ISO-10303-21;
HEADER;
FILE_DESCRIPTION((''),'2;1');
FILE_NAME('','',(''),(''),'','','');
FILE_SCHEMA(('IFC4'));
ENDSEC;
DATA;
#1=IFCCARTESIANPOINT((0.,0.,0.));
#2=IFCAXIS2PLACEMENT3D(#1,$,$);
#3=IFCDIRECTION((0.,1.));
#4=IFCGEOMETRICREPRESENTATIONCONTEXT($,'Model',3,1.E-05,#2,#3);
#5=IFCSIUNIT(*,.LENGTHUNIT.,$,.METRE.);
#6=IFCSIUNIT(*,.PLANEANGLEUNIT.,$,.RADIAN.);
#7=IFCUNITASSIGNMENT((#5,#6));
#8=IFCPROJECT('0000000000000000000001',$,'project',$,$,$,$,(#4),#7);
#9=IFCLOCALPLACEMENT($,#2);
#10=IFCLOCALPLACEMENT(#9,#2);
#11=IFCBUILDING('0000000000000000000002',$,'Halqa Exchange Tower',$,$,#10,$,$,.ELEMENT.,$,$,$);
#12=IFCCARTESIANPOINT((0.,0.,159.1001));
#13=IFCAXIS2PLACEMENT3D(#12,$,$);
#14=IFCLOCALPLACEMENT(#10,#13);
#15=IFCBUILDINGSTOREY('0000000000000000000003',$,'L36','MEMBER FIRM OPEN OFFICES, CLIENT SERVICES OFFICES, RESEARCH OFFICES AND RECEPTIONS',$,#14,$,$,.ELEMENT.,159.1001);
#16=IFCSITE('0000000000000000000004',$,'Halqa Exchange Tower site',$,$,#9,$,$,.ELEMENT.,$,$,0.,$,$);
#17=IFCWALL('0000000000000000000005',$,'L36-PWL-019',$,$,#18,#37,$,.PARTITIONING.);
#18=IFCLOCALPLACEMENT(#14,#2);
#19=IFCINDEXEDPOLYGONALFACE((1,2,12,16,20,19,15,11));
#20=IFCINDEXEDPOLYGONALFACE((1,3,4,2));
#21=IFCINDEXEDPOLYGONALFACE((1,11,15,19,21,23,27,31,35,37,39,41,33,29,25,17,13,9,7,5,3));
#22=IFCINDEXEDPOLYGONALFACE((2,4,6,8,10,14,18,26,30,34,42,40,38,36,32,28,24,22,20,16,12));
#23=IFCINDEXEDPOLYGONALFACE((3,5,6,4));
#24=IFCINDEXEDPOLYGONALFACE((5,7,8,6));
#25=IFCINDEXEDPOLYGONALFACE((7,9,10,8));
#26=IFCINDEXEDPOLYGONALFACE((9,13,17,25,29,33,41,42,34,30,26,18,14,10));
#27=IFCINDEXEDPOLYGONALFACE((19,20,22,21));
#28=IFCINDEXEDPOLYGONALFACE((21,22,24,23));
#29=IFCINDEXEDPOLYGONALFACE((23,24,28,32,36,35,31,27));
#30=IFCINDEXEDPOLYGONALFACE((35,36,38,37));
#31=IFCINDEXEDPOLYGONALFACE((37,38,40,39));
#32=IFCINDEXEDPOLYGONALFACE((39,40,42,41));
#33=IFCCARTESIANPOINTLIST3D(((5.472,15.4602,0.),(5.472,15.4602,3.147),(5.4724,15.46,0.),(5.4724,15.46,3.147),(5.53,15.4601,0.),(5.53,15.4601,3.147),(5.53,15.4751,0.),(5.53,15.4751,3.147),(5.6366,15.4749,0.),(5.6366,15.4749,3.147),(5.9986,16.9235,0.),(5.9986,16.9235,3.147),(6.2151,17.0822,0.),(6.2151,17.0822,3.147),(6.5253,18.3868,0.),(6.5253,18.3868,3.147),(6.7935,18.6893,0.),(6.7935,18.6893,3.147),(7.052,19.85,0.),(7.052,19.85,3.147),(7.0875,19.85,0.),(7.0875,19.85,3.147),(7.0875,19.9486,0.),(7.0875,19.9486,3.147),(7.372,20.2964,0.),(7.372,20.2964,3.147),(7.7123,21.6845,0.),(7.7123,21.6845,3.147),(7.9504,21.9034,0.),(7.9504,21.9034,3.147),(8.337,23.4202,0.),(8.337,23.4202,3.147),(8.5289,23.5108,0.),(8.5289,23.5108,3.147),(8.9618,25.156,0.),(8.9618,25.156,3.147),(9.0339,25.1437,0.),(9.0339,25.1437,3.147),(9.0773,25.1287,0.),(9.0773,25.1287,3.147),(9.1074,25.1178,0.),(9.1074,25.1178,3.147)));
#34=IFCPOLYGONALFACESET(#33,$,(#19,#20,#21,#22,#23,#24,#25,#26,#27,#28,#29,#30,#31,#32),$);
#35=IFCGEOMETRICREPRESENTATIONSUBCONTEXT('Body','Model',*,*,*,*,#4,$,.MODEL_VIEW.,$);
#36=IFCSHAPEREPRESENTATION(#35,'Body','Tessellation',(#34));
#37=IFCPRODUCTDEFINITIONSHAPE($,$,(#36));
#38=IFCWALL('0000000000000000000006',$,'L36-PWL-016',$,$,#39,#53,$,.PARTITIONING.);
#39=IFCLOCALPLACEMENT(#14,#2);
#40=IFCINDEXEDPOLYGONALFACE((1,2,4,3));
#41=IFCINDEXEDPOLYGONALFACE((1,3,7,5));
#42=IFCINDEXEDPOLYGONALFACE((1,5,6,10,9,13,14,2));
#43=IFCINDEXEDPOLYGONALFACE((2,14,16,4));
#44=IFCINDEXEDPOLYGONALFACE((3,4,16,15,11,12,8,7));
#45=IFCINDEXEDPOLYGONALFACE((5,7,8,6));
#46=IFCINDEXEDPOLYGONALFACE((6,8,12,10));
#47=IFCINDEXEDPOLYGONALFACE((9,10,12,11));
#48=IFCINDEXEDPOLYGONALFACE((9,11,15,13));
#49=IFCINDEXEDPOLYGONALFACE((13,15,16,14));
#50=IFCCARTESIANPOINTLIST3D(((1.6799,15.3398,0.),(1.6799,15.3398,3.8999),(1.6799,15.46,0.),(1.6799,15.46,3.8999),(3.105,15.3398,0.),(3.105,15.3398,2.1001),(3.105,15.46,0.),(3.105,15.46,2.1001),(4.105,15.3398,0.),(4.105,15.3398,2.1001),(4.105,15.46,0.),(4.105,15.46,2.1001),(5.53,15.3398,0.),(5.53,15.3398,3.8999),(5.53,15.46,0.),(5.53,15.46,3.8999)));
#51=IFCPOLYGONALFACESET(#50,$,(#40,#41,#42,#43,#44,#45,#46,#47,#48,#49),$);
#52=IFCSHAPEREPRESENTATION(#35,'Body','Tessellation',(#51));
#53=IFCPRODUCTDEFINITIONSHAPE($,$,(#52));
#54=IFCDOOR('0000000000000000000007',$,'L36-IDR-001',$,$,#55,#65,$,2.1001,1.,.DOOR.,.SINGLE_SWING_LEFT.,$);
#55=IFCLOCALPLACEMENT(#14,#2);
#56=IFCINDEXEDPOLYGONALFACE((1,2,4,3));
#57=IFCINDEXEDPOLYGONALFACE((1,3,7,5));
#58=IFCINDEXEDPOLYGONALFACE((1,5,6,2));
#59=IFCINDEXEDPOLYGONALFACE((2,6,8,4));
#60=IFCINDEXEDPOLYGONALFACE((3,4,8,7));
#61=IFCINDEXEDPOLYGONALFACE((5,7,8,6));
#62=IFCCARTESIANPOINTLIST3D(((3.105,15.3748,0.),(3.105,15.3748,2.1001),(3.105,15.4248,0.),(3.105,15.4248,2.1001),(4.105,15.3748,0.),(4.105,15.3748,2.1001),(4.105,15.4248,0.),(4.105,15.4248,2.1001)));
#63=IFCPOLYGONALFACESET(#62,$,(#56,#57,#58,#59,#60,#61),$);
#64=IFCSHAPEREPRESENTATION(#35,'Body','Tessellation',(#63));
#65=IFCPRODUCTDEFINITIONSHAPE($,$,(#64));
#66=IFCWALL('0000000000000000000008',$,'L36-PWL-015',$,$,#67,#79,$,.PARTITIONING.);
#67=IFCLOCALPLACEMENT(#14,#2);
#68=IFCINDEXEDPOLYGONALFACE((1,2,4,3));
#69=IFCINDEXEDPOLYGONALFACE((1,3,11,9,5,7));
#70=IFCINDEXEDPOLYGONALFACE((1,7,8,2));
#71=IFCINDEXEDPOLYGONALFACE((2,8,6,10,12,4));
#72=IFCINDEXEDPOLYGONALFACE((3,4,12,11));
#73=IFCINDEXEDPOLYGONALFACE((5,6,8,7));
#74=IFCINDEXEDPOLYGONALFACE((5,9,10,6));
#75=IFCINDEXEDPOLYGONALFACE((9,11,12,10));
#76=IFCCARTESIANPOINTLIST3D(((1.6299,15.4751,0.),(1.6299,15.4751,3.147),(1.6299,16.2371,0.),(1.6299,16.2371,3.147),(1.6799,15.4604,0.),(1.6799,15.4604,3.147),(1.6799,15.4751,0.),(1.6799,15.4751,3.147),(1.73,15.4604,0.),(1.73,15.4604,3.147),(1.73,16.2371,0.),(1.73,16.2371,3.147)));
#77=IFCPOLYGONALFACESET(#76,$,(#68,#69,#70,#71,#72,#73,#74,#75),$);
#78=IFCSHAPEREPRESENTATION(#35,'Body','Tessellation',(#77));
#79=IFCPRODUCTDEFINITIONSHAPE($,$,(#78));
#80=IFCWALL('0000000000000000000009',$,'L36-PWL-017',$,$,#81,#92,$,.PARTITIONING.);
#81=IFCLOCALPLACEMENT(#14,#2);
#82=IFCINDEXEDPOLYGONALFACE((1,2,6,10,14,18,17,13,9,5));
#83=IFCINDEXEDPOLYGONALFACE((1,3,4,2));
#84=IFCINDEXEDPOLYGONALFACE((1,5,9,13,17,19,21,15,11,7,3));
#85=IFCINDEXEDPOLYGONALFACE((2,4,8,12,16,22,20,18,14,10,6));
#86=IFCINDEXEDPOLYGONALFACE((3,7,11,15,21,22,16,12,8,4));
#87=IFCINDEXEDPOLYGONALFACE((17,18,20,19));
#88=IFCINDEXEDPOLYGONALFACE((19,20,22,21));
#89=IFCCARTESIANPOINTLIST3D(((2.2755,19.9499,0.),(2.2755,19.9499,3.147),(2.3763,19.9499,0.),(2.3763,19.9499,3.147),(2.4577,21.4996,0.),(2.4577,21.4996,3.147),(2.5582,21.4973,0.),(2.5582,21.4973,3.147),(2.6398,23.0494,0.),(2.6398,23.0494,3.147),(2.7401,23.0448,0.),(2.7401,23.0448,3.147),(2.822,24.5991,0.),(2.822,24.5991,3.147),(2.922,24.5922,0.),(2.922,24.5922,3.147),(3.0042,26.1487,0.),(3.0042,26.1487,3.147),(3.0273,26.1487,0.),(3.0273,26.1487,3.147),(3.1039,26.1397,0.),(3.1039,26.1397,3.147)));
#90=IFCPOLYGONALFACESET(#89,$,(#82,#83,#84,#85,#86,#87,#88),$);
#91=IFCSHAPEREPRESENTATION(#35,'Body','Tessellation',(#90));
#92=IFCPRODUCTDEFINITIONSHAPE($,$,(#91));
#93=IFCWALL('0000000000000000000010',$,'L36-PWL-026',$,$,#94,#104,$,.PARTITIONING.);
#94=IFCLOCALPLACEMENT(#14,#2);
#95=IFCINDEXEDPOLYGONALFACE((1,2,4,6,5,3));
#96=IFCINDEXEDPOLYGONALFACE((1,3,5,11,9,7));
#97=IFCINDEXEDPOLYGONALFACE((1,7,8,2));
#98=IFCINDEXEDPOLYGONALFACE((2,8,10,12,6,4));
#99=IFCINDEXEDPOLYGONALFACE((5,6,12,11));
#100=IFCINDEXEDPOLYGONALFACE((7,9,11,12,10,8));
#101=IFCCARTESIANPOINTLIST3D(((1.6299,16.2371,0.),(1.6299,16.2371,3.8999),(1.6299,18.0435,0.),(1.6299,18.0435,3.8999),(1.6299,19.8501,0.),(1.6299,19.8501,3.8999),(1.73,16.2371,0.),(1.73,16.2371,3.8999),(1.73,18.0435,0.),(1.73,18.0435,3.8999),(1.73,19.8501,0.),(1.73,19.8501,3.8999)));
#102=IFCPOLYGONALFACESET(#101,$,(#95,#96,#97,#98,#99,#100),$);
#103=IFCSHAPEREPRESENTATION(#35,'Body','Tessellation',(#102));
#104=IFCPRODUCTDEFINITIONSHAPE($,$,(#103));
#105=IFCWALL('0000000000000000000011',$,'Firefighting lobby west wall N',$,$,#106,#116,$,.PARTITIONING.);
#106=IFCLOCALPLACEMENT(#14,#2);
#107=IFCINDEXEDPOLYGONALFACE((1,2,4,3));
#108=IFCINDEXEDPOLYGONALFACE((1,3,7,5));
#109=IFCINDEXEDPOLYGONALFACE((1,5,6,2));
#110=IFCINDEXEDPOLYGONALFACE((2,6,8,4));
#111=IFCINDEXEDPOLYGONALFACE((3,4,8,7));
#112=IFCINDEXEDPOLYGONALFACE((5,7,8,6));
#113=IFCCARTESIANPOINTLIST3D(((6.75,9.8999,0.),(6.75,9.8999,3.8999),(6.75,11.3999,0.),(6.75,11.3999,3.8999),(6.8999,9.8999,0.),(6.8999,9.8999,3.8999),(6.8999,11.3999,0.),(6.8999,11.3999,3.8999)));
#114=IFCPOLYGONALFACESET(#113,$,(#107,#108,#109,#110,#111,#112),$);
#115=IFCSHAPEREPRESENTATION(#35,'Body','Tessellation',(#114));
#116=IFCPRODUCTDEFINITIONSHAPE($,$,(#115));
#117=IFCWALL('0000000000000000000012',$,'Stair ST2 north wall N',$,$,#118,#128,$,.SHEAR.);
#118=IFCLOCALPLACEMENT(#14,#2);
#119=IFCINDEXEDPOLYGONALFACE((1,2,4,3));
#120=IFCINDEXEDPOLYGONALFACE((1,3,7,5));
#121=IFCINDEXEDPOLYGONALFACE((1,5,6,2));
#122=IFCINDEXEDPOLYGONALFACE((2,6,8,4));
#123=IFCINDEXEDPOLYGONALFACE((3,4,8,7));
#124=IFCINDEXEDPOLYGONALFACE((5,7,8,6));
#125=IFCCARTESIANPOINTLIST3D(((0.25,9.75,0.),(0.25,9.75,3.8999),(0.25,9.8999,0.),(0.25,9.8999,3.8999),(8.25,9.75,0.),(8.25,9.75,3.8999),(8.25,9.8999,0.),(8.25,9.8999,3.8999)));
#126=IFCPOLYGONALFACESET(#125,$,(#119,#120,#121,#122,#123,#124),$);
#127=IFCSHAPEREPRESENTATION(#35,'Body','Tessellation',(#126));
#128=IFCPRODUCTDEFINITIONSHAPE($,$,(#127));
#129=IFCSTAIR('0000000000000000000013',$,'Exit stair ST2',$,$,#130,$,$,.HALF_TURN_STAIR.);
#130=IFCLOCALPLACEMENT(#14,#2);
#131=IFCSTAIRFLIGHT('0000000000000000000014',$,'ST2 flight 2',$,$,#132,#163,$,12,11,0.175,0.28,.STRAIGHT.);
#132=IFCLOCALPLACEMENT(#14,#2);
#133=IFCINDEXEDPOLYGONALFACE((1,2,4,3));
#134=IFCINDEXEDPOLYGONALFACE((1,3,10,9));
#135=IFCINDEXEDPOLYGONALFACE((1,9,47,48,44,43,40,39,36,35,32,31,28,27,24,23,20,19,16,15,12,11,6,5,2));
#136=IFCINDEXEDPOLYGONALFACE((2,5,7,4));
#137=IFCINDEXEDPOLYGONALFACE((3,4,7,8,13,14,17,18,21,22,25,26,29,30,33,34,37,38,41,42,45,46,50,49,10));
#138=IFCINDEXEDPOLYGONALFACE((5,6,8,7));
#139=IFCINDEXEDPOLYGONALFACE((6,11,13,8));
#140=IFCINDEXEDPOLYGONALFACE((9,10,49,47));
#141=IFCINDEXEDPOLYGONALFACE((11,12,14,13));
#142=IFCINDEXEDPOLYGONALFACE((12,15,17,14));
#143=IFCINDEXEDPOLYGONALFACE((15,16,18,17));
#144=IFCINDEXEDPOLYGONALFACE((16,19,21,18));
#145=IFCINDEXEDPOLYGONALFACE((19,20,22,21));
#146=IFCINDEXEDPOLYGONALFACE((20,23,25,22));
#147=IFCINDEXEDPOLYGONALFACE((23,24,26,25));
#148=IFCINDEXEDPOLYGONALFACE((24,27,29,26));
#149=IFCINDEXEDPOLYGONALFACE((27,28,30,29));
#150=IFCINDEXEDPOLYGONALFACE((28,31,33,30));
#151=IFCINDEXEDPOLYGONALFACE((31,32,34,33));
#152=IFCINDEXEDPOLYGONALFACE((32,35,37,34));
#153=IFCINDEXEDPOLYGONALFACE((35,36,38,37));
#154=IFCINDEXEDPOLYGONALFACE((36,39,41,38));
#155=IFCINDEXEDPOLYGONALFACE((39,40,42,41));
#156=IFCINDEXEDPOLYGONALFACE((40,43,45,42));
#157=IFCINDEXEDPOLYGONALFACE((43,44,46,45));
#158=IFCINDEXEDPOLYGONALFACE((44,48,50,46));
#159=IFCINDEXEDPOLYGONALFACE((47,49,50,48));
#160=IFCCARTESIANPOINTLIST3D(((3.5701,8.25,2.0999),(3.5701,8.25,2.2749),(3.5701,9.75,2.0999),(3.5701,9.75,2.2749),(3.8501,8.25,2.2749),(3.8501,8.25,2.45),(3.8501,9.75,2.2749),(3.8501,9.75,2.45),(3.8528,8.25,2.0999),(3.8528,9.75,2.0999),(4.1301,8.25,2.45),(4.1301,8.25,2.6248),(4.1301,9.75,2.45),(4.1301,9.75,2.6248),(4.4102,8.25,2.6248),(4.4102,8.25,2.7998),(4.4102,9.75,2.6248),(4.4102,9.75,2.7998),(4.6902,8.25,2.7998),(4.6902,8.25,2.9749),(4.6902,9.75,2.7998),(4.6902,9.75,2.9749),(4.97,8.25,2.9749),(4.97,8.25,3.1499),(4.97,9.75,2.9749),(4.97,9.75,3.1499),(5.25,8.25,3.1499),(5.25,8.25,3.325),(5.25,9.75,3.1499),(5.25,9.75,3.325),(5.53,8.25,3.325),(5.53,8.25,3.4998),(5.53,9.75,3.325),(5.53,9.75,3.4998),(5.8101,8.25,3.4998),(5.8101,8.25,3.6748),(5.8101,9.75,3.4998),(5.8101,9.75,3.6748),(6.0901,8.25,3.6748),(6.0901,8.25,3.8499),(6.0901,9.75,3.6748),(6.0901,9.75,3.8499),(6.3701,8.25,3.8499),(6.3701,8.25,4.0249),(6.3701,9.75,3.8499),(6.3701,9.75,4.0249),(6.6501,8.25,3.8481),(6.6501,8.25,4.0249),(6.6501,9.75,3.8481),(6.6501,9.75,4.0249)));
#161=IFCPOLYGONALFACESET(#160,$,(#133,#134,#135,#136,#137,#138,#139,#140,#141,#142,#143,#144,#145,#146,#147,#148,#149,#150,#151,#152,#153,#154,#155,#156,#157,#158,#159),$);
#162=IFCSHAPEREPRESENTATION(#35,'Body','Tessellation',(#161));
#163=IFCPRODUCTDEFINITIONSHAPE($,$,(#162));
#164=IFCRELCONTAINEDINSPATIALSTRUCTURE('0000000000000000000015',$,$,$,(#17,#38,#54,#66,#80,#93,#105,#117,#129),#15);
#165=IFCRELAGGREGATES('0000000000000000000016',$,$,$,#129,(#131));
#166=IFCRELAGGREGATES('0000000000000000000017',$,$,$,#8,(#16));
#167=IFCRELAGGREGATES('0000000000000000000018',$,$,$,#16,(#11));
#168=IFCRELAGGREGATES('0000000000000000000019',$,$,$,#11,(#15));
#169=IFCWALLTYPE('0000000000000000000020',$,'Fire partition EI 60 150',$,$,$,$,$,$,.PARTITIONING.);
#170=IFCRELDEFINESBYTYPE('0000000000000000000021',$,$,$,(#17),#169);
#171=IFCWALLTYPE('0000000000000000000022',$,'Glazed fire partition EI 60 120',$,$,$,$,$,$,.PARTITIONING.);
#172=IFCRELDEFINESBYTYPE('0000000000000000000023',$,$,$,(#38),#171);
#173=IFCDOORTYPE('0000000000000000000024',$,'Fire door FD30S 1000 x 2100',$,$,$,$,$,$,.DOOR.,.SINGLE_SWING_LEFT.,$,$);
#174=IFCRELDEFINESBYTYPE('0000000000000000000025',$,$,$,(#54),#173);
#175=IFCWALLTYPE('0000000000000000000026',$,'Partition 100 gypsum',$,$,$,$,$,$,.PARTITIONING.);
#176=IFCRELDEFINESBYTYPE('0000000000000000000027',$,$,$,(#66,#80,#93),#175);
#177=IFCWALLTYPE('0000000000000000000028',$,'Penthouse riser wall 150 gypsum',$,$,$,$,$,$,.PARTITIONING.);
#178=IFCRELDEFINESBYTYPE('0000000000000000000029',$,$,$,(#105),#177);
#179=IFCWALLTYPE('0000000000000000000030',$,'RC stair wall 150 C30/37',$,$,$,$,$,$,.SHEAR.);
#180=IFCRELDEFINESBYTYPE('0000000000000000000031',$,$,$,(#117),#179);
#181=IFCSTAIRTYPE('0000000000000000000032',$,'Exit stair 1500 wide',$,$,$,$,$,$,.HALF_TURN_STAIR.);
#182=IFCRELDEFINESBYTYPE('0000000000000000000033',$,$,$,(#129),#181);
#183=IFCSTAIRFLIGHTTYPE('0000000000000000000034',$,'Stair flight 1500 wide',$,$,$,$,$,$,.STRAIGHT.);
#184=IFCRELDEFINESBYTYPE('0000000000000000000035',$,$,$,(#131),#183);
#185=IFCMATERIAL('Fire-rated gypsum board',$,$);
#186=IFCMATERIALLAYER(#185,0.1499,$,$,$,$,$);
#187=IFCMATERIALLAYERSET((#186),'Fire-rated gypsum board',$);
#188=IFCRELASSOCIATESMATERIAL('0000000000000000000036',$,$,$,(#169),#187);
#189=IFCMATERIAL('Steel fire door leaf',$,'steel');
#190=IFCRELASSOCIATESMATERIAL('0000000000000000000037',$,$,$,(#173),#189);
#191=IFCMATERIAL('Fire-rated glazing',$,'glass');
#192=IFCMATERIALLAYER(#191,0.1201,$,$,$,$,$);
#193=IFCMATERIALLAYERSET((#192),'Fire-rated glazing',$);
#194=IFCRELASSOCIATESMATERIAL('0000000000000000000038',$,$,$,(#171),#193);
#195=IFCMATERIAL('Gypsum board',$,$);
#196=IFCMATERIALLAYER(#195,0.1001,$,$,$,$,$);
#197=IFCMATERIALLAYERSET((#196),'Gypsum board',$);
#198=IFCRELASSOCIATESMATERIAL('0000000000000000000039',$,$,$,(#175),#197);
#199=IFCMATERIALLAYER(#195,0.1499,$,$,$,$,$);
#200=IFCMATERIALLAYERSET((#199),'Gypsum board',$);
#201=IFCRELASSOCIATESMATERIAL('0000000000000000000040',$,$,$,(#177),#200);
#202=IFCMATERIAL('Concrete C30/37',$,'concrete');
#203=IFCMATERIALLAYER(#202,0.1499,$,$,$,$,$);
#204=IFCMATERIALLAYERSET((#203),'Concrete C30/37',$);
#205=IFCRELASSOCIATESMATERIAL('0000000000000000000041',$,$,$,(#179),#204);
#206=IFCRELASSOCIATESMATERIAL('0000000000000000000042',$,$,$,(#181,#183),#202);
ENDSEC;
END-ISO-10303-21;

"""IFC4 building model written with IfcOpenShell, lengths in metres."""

from ifc_helpers import new_model, si_unit, direction, frame, frame_2d, origin, place, context, subcontext, project, spatial, polyline, rectangle, outline, extrude, material, layer, layer_set, type_object, element, fill, aggregate, save


model = new_model("IFC4")

# Units and contexts
model_context = context("Model", 3, precision=1e-05, world=origin(), true_north=direction((0.0, 1.0)))
body_context = subcontext(model_context, "Body", "Model", "MODEL_VIEW")
ifc_project = project(units=[si_unit("LENGTHUNIT", "METRE"), si_unit("PLANEANGLEUNIT", "RADIAN")], contexts=[model_context])

# Site, building, storey
site_placement = place(None, origin())
site = spatial("IfcSite", under=ifc_project, at=site_placement, Name="Halqa Exchange Tower site", CompositionType="ELEMENT", RefElevation=0.0)
building_placement = place(site_placement, origin())
building = spatial("IfcBuilding", under=site, at=building_placement, Name="Halqa Exchange Tower", CompositionType="ELEMENT")
storey_placement = place(building_placement, frame((0.0, 0.0, 159.1001)))
storey = spatial("IfcBuildingStorey", under=building, at=storey_placement, Name="L36", Description="MEMBER FIRM OPEN OFFICES, CLIENT SERVICES OFFICES, RESEARCH OFFICES AND RECEPTIONS", CompositionType="ELEMENT", Elevation=159.1001)

# Wall
ifc_material_1 = material(Name="Fire-rated gypsum board")
ifc_layer_1 = layer(ifc_material_1, 0.1499)
ifc_layer_set_1 = layer_set([ifc_layer_1], Name="Fire-rated gypsum board")
wall_type_1 = type_object("IfcWallType", Name="Fire partition EI 60 150", PredefinedType="PARTITIONING", material=ifc_layer_set_1)
wall_1_placement = place(storey_placement, frame((5.5425, 15.4348, 0.0), z_axis=(0.0, 0.0, 1.0), x_axis=(0.338662, 0.940908, 0.0)))
element("IfcWall", 1, at=wall_1_placement, inside=storey, type_object=wall_type_1, Name="L36-PWL-019", PredefinedType="PARTITIONING", context=body_context, shape_type="SweptSolid", body=[
    extrude(outline(polyline([(10.3181, -0.075), (10.3181, -0.043), (10.3176, 0.0029), (10.3047, 0.075), (8.46, 0.075), (6.6152, 0.075), (4.7703, 0.075), (4.6775, 0.0415), (4.6655, 0.075), (3.1104, 0.075), (1.5552, 0.075), (0.0, 0.075), (0.0, 0.0745), (0.0195, 0.0203), (0.0337, 0.0254), (0.0696, -0.075), (1.7778, -0.075), (3.4858, -0.075), (5.1938, -0.075), (6.9019, -0.075), (8.6101, -0.075), (10.3181, -0.075)])), origin(), (0.0, 0.0, 1.0), 3.147),
])

# Wall, opening, door
ifc_material_2 = material(Name="Steel fire door leaf", Category="steel")
door_type_1 = type_object("IfcDoorType", Name="Fire door FD30S 1000 x 2100", OperationType="SINGLE_SWING_LEFT", PredefinedType="DOOR", material=ifc_material_2)
ifc_material_3 = material(Name="Fire-rated glazing", Category="glass")
ifc_layer_2 = layer(ifc_material_3, 0.1201)
ifc_layer_set_2 = layer_set([ifc_layer_2], Name="Fire-rated glazing")
wall_type_2 = type_object("IfcWallType", Name="Glazed fire partition EI 60 120", PredefinedType="PARTITIONING", material=ifc_layer_set_2)
wall_2_placement = place(storey_placement, frame((1.6799, 15.3999, 0.0), z_axis=(0.0, 0.0, 1.0), x_axis=(1.0, 0.0, 0.0)))
wall_2 = element("IfcWall", 2, at=wall_2_placement, inside=storey, type_object=wall_type_2, Name="L36-PWL-016", PredefinedType="PARTITIONING", context=body_context, shape_type="SweptSolid", body=[
    extrude(rectangle(XDim=3.8501, YDim=0.1201, at=frame_2d((1.925, 0.0))), origin(), (0.0, 0.0, 1.0), 3.8999),
])
opening_1_placement = place(wall_2_placement, frame((1.425, 0.0, 0.0)))
opening_1 = element("IfcOpeningElement", 3, at=opening_1_placement, cuts=wall_2, PredefinedType="OPENING", context=body_context, shape_type="SweptSolid", body=[
    extrude(rectangle(XDim=1.0, YDim=2.1001, at=frame_2d((0.5, 1.05))), frame((0.0, 0.072, 0.0), z_axis=(0.0, -1.0, 0.0), x_axis=(1.0, 0.0, 0.0)), (0.0, 0.0, 1.0), 0.144),
])
door_1_placement = place(opening_1_placement, origin())
door_1 = element("IfcDoor", 4, at=door_1_placement, inside=storey, type_object=door_type_1, Name="L36-IDR-001", OperationType="SINGLE_SWING_LEFT", OverallHeight=2.1001, OverallWidth=1.0, PredefinedType="DOOR", context=body_context, shape_type="SweptSolid", body=[
    extrude(rectangle(XDim=1.0, YDim=2.1001, at=frame_2d((0.5, 1.05))), frame((0.0, 0.0249, 0.0), z_axis=(0.0, -1.0, 0.0), x_axis=(1.0, 0.0, 0.0)), (0.0, 0.0, 1.0), 0.05),
])
fill(opening_1, door_1)

# Walls
ifc_material_4 = material(Name="Gypsum board")
ifc_layer_3 = layer(ifc_material_4, 0.1001)
ifc_layer_set_3 = layer_set([ifc_layer_3], Name="Gypsum board")
wall_type_3 = type_object("IfcWallType", Name="Partition 100 gypsum", PredefinedType="PARTITIONING", material=ifc_layer_set_3)
wall_3_placement = place(storey_placement, frame((1.6799, 15.4604, 0.0), z_axis=(0.0, 0.0, 1.0), x_axis=(0.0, 1.0, 0.0)))
element("IfcWall", 5, at=wall_3_placement, inside=storey, type_object=wall_type_3, Name="L36-PWL-015", PredefinedType="PARTITIONING", context=body_context, shape_type="SweptSolid", body=[
    extrude(outline(polyline([(0.7766, 0.05), (0.0146, 0.05), (0.0146, 0.0), (0.0, 0.0), (0.0, -0.05), (0.7766, -0.05), (0.7766, 0.05)])), origin(), (0.0, 0.0, 1.0), 3.147),
])
wall_4_placement = place(storey_placement, frame((2.3252, 19.9441, 0.0), z_axis=(0.0, 0.0, 1.0), x_axis=(0.116751, 0.993161, 0.0)))
element("IfcWall", 6, at=wall_4_placement, inside=storey, type_object=wall_type_3, Name="L36-PWL-017", PredefinedType="PARTITIONING", context=body_context, shape_type="SweptSolid", body=[
    extrude(outline(polyline([(6.2441, -0.05), (6.2441, 0.0271), (6.2415, 0.05), (4.6812, 0.05), (3.1208, 0.05), (1.5603, 0.05), (0.0, 0.05), (0.0117, -0.05), (1.5698, -0.05), (3.1279, -0.05), (4.686, -0.05), (6.2441, -0.05)])), origin(), (0.0, 0.0, 1.0), 3.147),
])
wall_5_placement = place(storey_placement, frame((1.6799, 16.2371, 0.0), z_axis=(0.0, 0.0, 1.0), x_axis=(0.0, 1.0, 0.0)))
element("IfcWall", 7, at=wall_5_placement, inside=storey, type_object=wall_type_3, Name="L36-PWL-026", PredefinedType="PARTITIONING", context=body_context, shape_type="SweptSolid", body=[
    extrude(outline(polyline([(0.0, -0.05), (1.8064, -0.05), (3.613, -0.05), (3.613, 0.05), (1.8064, 0.05), (0.0, 0.05), (0.0, -0.05)])), origin(), (0.0, 0.0, 1.0), 3.8999),
])
ifc_layer_4 = layer(ifc_material_4, 0.1499)
ifc_layer_set_4 = layer_set([ifc_layer_4], Name="Gypsum board")
wall_type_4 = type_object("IfcWallType", Name="Penthouse riser wall 150 gypsum", PredefinedType="PARTITIONING", material=ifc_layer_set_4)
wall_6_placement = place(storey_placement, frame((6.825, 9.8999, 0.0), z_axis=(0.0, 0.0, 1.0), x_axis=(0.0, 1.0, 0.0)))
element("IfcWall", 8, at=wall_6_placement, inside=storey, type_object=wall_type_4, Name="Firefighting lobby west wall N", PredefinedType="PARTITIONING", context=body_context, shape_type="SweptSolid", body=[
    extrude(rectangle(XDim=1.5, YDim=0.1499, at=frame_2d((0.75, 0.0))), origin(), (0.0, 0.0, 1.0), 3.8999),
])
ifc_material_5 = material(Name="Concrete C30/37", Category="concrete")
ifc_layer_5 = layer(ifc_material_5, 0.1499)
ifc_layer_set_5 = layer_set([ifc_layer_5], Name="Concrete C30/37")
wall_type_5 = type_object("IfcWallType", Name="RC stair wall 150 C30/37", PredefinedType="SHEAR", material=ifc_layer_set_5)
wall_7_placement = place(storey_placement, frame((0.25, 9.825, 0.0), z_axis=(0.0, 0.0, 1.0), x_axis=(1.0, 0.0, 0.0)))
element("IfcWall", 9, at=wall_7_placement, inside=storey, type_object=wall_type_5, Name="Stair ST2 north wall N", PredefinedType="SHEAR", context=body_context, shape_type="SweptSolid", body=[
    extrude(rectangle(XDim=8.0, YDim=0.1499, at=frame_2d((4.0, 0.0))), origin(), (0.0, 0.0, 1.0), 3.8999),
])

# Stair, stair flight
stair_type = type_object("IfcStairType", Name="Exit stair 1500 wide", PredefinedType="HALF_TURN_STAIR", material=ifc_material_5)
stair_placement = place(storey_placement, origin())
stair = element("IfcStair", 10, at=stair_placement, inside=storey, type_object=stair_type, Name="Exit stair ST2", PredefinedType="HALF_TURN_STAIR")
stair_flight_type = type_object("IfcStairFlightType", Name="Stair flight 1500 wide", PredefinedType="STRAIGHT", material=ifc_material_5)
stair_flight_placement = place(storey_placement, frame((3.5701, 9.0, 2.0999), z_axis=(0.0, 0.0, 1.0), x_axis=(1.0, 0.0, 0.0)))
stair_flight = element("IfcStairFlight", 11, at=stair_flight_placement, type_object=stair_flight_type, Name="ST2 flight 2", NumberOfRisers=12, NumberOfTreads=11, PredefinedType="STRAIGHT", RiserHeight=0.175, TreadLength=0.28, context=body_context, shape_type="SweptSolid", body=[
    extrude(outline(polyline([(0.0, 0.0), (0.0, 0.175), (0.28, 0.175), (0.28, 0.3501), (0.5601, 0.3501), (0.5601, 0.5249), (0.8401, 0.5249), (0.8401, 0.7), (1.1201, 0.7), (1.1201, 0.875), (1.3999, 0.875), (1.3999, 1.05), (1.6799, 1.05), (1.6799, 1.2251), (1.96, 1.2251), (1.96, 1.3999), (2.24, 1.3999), (2.24, 1.575), (2.52, 1.575), (2.52, 1.75), (2.8, 1.75), (2.8, 1.925), (3.0801, 1.925), (3.0801, 2.1001), (3.0801, 1.7483), (0.2827, 0.0), (0.0, 0.0)])), frame((0.0, 0.75, 0.0), z_axis=(0.0, -1.0, 0.0), x_axis=(1.0, 0.0, 0.0)), (0.0, 0.0, 1.0), 1.5),
])
aggregate(stair, [stair_flight])

save(model, "model.ifc")
